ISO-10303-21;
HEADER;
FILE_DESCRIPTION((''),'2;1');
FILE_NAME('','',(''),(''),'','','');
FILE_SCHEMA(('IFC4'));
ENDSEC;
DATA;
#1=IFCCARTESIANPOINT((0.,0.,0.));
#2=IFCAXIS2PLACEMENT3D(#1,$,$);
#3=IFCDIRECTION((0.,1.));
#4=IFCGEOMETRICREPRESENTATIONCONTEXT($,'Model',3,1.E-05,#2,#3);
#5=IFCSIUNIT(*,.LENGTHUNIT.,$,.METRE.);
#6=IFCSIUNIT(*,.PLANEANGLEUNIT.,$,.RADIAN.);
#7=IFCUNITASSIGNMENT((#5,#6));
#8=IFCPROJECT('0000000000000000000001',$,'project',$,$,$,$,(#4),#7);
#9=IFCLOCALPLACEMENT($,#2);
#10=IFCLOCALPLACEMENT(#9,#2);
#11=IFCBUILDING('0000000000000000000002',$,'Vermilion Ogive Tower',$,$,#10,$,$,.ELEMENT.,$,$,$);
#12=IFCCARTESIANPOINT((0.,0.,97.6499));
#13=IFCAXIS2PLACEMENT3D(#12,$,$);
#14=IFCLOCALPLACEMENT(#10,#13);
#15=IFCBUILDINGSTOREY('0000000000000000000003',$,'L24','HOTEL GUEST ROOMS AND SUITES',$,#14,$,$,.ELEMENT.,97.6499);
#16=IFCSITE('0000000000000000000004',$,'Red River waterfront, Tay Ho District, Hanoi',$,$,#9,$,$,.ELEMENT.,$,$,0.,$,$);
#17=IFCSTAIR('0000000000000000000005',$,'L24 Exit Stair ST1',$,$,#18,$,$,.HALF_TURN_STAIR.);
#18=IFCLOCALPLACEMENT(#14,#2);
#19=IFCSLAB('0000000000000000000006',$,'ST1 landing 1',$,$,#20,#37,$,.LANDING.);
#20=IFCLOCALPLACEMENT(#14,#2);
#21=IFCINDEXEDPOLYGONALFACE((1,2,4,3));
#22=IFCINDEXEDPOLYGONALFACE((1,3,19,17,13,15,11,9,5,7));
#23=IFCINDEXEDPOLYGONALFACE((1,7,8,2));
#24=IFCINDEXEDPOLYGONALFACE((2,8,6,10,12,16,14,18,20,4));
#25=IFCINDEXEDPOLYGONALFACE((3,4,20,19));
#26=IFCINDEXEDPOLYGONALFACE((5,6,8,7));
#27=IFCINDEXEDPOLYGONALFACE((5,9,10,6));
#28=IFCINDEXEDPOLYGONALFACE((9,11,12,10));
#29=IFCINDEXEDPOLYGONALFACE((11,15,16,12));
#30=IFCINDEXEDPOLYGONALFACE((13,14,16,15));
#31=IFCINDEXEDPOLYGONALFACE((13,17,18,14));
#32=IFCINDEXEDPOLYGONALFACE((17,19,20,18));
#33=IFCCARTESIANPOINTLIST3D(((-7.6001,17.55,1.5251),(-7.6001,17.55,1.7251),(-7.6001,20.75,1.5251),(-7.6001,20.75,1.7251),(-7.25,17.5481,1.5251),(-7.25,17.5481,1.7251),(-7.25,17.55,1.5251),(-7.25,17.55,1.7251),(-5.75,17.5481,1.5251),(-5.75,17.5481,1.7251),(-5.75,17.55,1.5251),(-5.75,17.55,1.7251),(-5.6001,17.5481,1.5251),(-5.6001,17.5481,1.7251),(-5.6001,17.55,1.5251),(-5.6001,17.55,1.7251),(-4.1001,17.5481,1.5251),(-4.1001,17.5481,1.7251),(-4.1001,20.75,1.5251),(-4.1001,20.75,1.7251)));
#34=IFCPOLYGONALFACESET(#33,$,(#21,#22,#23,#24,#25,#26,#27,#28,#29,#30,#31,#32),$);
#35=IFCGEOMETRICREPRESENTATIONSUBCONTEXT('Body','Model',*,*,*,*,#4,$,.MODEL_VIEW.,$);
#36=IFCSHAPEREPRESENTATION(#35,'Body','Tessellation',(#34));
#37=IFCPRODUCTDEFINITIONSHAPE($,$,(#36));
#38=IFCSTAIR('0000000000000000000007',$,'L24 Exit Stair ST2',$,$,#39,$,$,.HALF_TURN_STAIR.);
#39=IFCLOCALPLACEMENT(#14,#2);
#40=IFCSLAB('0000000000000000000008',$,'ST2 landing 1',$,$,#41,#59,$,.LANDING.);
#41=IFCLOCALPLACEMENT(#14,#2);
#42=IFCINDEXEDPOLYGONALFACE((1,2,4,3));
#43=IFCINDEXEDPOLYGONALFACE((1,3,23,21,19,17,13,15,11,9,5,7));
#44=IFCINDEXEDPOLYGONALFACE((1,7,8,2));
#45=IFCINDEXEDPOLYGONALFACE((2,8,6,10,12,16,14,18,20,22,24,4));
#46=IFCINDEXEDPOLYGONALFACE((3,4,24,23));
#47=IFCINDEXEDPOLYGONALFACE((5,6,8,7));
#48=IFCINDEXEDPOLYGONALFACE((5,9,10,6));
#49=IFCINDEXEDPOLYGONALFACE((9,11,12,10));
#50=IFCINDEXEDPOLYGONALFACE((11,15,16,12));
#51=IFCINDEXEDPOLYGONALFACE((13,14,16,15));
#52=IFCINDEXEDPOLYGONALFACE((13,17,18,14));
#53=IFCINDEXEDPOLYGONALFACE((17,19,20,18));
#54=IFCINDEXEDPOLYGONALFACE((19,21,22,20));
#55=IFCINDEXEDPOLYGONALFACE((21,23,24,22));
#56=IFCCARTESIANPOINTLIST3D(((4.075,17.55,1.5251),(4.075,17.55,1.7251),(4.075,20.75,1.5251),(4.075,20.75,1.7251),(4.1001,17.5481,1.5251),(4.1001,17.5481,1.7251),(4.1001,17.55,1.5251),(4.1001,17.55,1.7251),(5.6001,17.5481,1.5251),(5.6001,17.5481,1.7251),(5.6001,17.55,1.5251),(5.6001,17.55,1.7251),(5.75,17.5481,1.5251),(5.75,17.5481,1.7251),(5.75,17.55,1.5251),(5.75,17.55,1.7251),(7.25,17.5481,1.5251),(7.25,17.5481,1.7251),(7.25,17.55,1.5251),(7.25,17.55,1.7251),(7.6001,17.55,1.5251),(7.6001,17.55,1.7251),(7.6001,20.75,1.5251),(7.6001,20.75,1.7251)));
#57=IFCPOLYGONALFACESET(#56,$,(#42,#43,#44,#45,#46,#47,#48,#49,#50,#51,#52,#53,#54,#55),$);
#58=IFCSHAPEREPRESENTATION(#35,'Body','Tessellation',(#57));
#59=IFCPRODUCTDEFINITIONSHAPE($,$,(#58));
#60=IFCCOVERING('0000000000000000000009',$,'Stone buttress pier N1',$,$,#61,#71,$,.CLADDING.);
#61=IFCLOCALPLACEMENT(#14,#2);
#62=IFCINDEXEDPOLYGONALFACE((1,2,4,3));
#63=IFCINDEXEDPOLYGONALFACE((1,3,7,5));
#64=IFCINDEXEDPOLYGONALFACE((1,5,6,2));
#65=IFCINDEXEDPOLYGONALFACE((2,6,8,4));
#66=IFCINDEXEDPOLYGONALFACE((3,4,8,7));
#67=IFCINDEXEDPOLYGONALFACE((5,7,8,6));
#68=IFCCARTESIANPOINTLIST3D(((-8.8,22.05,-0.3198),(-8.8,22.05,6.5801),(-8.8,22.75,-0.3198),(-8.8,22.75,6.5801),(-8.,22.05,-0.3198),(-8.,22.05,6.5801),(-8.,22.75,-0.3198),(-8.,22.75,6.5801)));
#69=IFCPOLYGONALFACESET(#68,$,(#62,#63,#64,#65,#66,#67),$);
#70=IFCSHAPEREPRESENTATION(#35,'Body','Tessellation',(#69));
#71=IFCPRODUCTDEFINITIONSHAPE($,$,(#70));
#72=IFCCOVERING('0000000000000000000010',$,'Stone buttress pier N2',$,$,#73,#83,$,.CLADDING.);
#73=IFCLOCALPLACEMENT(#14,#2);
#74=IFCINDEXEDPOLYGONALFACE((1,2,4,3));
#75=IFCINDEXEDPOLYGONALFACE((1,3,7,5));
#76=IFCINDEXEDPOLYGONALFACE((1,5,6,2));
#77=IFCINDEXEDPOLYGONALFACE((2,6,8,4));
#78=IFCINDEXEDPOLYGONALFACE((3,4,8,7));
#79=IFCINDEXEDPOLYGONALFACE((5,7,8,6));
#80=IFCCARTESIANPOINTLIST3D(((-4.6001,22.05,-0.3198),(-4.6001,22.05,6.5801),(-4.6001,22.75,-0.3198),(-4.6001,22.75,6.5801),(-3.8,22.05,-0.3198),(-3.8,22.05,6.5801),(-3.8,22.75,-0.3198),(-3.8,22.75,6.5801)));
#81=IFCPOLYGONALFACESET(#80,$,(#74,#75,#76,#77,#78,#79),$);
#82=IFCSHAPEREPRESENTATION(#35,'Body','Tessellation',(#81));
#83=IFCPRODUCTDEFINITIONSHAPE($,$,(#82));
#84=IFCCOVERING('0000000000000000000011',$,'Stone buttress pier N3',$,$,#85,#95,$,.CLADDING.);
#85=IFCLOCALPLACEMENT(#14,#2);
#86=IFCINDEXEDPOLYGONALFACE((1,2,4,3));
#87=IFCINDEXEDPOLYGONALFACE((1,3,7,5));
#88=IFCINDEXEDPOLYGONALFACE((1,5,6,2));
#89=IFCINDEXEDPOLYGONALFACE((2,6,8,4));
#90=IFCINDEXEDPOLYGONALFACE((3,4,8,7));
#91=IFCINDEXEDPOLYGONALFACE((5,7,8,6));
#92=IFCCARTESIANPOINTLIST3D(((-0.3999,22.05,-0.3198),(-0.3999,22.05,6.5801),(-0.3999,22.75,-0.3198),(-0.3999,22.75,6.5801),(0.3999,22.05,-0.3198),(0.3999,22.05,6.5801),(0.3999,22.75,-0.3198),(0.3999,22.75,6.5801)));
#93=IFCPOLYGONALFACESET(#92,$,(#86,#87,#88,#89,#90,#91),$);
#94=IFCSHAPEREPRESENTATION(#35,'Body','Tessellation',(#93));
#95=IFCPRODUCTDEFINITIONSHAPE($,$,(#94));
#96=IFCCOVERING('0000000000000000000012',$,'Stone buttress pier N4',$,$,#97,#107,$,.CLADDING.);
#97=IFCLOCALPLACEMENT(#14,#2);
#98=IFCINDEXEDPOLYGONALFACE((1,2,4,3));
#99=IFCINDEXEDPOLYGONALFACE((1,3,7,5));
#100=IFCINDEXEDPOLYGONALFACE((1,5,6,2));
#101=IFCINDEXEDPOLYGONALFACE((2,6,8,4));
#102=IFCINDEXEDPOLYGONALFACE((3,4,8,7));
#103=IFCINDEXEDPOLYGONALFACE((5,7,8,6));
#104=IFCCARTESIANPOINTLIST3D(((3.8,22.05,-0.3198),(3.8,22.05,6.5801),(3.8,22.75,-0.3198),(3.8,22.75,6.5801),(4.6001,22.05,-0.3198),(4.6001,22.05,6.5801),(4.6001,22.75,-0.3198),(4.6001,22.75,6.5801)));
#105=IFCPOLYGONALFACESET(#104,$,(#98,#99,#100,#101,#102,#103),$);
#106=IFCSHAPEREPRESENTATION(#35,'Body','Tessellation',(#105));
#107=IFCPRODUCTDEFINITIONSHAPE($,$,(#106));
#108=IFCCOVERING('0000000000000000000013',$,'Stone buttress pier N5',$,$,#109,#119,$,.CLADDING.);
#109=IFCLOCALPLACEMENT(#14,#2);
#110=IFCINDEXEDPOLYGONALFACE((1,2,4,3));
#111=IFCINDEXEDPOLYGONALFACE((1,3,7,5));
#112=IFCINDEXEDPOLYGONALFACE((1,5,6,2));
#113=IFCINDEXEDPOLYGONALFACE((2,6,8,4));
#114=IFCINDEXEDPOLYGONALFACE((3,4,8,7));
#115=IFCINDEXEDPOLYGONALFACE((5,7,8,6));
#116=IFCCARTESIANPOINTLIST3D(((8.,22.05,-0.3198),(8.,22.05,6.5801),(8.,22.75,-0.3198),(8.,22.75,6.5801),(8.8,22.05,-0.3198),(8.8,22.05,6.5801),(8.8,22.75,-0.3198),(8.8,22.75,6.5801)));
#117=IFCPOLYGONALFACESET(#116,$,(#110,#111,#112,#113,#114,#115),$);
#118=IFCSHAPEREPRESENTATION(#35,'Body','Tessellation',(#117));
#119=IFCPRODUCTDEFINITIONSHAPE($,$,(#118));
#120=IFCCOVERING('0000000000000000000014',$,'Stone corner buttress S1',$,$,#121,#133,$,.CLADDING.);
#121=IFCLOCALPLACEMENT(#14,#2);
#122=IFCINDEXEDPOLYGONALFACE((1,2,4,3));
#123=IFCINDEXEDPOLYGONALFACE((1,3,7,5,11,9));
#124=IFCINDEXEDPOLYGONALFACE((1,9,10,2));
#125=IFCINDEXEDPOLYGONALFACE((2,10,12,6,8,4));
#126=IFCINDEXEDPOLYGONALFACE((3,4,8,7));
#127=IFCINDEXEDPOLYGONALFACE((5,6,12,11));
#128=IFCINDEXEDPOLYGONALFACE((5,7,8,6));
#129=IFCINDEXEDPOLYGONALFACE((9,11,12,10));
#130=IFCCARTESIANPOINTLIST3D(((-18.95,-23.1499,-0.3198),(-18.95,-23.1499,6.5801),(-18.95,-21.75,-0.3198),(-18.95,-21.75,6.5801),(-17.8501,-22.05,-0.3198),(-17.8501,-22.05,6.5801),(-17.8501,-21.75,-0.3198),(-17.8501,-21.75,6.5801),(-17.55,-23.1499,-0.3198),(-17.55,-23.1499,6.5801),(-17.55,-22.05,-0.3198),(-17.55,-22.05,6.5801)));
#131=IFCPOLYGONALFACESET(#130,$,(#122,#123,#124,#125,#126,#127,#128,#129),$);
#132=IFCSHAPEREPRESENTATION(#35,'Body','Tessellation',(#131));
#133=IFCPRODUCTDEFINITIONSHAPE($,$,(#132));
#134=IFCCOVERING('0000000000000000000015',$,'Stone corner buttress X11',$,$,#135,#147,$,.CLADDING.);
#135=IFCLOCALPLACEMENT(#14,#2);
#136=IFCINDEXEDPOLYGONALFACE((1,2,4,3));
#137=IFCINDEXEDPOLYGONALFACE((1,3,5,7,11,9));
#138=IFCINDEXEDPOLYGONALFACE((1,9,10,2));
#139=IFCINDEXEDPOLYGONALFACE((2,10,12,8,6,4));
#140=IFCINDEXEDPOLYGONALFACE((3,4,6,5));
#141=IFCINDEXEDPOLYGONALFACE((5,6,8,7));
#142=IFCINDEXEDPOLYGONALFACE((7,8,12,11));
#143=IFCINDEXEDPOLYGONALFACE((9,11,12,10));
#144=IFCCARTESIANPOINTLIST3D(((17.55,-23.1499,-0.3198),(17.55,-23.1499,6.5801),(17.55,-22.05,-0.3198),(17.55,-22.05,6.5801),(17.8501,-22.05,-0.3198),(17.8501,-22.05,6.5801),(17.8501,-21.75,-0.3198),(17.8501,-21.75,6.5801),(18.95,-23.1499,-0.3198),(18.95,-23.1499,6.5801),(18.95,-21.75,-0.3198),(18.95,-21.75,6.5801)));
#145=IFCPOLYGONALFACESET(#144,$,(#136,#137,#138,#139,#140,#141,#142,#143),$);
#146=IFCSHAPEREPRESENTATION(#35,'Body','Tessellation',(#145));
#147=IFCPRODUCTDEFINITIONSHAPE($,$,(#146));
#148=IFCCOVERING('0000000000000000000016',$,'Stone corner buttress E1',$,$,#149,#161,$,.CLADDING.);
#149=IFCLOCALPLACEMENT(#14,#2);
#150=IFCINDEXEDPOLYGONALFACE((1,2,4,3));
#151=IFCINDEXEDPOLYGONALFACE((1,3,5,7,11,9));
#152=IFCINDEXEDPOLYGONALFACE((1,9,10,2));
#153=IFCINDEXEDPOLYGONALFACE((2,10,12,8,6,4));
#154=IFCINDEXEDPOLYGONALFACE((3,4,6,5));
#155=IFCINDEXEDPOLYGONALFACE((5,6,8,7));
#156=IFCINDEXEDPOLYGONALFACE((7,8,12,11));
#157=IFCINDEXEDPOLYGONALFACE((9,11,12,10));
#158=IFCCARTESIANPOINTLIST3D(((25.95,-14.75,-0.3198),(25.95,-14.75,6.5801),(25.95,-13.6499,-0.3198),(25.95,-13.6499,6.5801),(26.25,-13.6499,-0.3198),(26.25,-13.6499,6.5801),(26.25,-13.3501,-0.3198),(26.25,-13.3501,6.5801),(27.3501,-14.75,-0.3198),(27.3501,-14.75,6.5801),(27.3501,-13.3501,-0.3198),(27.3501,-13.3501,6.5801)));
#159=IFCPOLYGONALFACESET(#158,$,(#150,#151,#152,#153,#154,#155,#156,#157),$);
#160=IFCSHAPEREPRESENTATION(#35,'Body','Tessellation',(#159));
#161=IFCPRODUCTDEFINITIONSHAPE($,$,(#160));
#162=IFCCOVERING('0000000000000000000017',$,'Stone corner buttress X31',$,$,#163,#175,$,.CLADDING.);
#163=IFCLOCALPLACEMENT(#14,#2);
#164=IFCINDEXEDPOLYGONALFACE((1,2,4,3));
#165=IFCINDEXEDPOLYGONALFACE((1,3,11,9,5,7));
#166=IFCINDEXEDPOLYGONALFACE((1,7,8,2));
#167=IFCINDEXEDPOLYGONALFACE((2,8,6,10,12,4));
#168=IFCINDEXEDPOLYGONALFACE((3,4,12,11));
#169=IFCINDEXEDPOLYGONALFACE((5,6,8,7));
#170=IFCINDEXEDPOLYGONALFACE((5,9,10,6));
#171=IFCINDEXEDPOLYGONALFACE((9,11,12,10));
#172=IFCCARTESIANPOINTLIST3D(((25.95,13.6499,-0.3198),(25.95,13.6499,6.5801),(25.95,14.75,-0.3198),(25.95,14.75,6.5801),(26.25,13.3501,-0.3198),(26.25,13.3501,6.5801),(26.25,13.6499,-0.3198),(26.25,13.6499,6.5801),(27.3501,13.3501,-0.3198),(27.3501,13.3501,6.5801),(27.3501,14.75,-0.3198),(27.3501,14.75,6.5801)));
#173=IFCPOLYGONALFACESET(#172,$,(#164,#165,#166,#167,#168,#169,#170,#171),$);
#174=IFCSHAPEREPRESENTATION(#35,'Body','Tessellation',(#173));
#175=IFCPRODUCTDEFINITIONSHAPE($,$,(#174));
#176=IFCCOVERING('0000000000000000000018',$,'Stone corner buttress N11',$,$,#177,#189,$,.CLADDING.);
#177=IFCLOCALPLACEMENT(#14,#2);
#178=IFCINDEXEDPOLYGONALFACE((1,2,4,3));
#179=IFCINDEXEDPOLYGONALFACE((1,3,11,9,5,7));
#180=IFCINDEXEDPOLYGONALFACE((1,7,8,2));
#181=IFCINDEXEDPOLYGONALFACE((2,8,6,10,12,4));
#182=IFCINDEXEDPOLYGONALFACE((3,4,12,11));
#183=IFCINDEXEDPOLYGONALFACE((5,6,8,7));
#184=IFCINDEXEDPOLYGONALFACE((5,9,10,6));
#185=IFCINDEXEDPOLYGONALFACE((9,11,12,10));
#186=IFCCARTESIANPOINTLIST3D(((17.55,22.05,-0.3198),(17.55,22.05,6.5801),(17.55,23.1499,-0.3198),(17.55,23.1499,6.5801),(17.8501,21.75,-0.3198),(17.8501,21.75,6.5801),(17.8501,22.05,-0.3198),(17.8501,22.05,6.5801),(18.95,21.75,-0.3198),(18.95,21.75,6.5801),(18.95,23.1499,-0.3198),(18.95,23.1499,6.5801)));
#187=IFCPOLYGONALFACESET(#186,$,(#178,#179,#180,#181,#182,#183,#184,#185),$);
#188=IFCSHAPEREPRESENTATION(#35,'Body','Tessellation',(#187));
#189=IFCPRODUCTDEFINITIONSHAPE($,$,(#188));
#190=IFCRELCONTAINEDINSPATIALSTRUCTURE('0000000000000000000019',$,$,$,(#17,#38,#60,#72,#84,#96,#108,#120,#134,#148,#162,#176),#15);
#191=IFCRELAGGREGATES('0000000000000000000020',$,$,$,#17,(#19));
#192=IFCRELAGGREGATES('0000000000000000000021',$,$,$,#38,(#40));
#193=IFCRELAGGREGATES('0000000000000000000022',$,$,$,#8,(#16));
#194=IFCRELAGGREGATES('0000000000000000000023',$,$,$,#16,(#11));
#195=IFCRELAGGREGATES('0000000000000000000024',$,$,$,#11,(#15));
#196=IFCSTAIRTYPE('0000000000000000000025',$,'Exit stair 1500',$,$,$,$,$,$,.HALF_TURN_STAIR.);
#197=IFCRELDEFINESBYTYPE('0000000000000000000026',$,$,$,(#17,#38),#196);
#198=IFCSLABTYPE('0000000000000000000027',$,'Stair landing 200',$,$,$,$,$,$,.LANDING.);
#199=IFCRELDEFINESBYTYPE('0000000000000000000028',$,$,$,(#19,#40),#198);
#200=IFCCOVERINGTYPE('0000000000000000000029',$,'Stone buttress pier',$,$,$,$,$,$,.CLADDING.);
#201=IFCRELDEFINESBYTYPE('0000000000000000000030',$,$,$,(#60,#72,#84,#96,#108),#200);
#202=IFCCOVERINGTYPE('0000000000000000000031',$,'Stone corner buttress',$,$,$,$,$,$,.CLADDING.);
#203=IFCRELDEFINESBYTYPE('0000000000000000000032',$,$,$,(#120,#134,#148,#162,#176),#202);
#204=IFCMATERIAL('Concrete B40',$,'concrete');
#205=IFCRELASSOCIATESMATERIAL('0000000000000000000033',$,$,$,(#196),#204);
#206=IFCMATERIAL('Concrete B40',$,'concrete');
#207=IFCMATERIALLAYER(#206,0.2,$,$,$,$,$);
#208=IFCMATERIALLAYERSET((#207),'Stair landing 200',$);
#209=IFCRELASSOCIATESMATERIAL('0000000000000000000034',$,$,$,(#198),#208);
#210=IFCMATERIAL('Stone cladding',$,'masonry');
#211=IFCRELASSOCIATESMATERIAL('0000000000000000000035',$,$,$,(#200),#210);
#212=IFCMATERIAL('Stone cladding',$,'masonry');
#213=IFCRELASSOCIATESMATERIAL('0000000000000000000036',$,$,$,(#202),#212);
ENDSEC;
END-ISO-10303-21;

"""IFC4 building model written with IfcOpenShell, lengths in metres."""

from ifc_helpers import new_model, si_unit, direction, frame, origin, place, context, subcontext, project, spatial, polyline, outline, extrude, material, layer, layer_set, type_object, element, aggregate, save


model = new_model("IFC4")

# Units and contexts
model_context = context("Model", 3, precision=1e-05, world=origin(), true_north=direction((0.0, 1.0)))
body_context = subcontext(model_context, "Body", "Model", "MODEL_VIEW")
ifc_project = project(units=[si_unit("LENGTHUNIT", "METRE"), si_unit("PLANEANGLEUNIT", "RADIAN")], contexts=[model_context])

# Site, building, storey
site_placement = place(None, origin())
site = spatial("IfcSite", under=ifc_project, at=site_placement, Name="Red River waterfront, Tay Ho District, Hanoi", CompositionType="ELEMENT", RefElevation=0.0)
building_placement = place(site_placement, origin())
building = spatial("IfcBuilding", under=site, at=building_placement, Name="Vermilion Ogive Tower", CompositionType="ELEMENT")
storey_placement = place(building_placement, frame((0.0, 0.0, 97.6499)))
storey = spatial("IfcBuildingStorey", under=building, at=storey_placement, Name="L24", Description="HOTEL GUEST ROOMS AND SUITES", CompositionType="ELEMENT", Elevation=97.6499)

# Stairs, slabs
ifc_material_1 = material(Name="Concrete B40", Category="concrete")
stair_type = type_object("IfcStairType", Name="Exit stair 1500", PredefinedType="HALF_TURN_STAIR", material=ifc_material_1)
stair_1_placement = place(storey_placement, origin())
stair_1 = element("IfcStair", 1, at=stair_1_placement, inside=storey, type_object=stair_type, Name="L24 Exit Stair ST1", PredefinedType="HALF_TURN_STAIR")
ifc_material_2 = material(Name="Concrete B40", Category="concrete")
ifc_layer = layer(ifc_material_2, 0.2)
ifc_layer_set = layer_set([ifc_layer], Name="Stair landing 200")
slab_type = type_object("IfcSlabType", Name="Stair landing 200", PredefinedType="LANDING", material=ifc_layer_set)
slab_1_placement = place(storey_placement, frame((0.0, 0.0, 1.5251)))
slab_1 = element("IfcSlab", 2, at=slab_1_placement, type_object=slab_type, Name="ST1 landing 1", PredefinedType="LANDING", context=body_context, shape_type="SweptSolid", body=[
    extrude(outline(polyline([(-7.6001, 17.55), (-7.25, 17.55), (-7.25, 17.5481), (-5.75, 17.5481), (-5.75, 17.55), (-5.6001, 17.55), (-5.6001, 17.5481), (-4.1001, 17.5481), (-4.1001, 20.75), (-7.6001, 20.75), (-7.6001, 17.55)])), origin(), (0.0, 0.0, 1.0), 0.2),
])
aggregate(stair_1, [slab_1])
stair_2_placement = place(storey_placement, origin())
stair_2 = element("IfcStair", 3, at=stair_2_placement, inside=storey, type_object=stair_type, Name="L24 Exit Stair ST2", PredefinedType="HALF_TURN_STAIR")
slab_2_placement = place(storey_placement, frame((0.0, 0.0, 1.5251)))
slab_2 = element("IfcSlab", 4, at=slab_2_placement, type_object=slab_type, Name="ST2 landing 1", PredefinedType="LANDING", context=body_context, shape_type="SweptSolid", body=[
    extrude(outline(polyline([(5.6001, 17.55), (5.75, 17.55), (5.75, 17.5481), (7.25, 17.5481), (7.25, 17.55), (7.6001, 17.55), (7.6001, 20.75), (4.075, 20.75), (4.075, 17.55), (4.1001, 17.55), (4.1001, 17.5481), (5.6001, 17.5481), (5.6001, 17.55)])), origin(), (0.0, 0.0, 1.0), 0.2),
])
aggregate(stair_2, [slab_2])

# Coverings
ifc_material_3 = material(Name="Stone cladding", Category="masonry")
covering_type_1 = type_object("IfcCoveringType", Name="Stone buttress pier", PredefinedType="CLADDING", material=ifc_material_3)
covering_1_placement = place(storey_placement, frame((0.0, 0.0, -0.3198)))
element("IfcCovering", 5, at=covering_1_placement, inside=storey, type_object=covering_type_1, Name="Stone buttress pier N1", PredefinedType="CLADDING", context=body_context, shape_type="SweptSolid", body=[
    extrude(outline(polyline([(-8.0, 22.75), (-8.0, 22.05), (-8.8, 22.05), (-8.8, 22.75), (-8.0, 22.75)])), origin(), (0.0, 0.0, 1.0), 6.8999),
])
covering_2_placement = place(storey_placement, frame((0.0, 0.0, -0.3198)))
element("IfcCovering", 6, at=covering_2_placement, inside=storey, type_object=covering_type_1, Name="Stone buttress pier N2", PredefinedType="CLADDING", context=body_context, shape_type="SweptSolid", body=[
    extrude(outline(polyline([(-3.8, 22.75), (-3.8, 22.05), (-4.6001, 22.05), (-4.6001, 22.75), (-3.8, 22.75)])), origin(), (0.0, 0.0, 1.0), 6.8999),
])
covering_3_placement = place(storey_placement, frame((0.0, 0.0, -0.3198)))
element("IfcCovering", 7, at=covering_3_placement, inside=storey, type_object=covering_type_1, Name="Stone buttress pier N3", PredefinedType="CLADDING", context=body_context, shape_type="SweptSolid", body=[
    extrude(outline(polyline([(0.3999, 22.75), (0.3999, 22.05), (-0.3999, 22.05), (-0.3999, 22.75), (0.3999, 22.75)])), origin(), (0.0, 0.0, 1.0), 6.8999),
])
covering_4_placement = place(storey_placement, frame((0.0, 0.0, -0.3198)))
element("IfcCovering", 8, at=covering_4_placement, inside=storey, type_object=covering_type_1, Name="Stone buttress pier N4", PredefinedType="CLADDING", context=body_context, shape_type="SweptSolid", body=[
    extrude(outline(polyline([(4.6001, 22.75), (4.6001, 22.05), (3.8, 22.05), (3.8, 22.75), (4.6001, 22.75)])), origin(), (0.0, 0.0, 1.0), 6.8999),
])
covering_5_placement = place(storey_placement, frame((0.0, 0.0, -0.3198)))
element("IfcCovering", 9, at=covering_5_placement, inside=storey, type_object=covering_type_1, Name="Stone buttress pier N5", PredefinedType="CLADDING", context=body_context, shape_type="SweptSolid", body=[
    extrude(outline(polyline([(8.8, 22.75), (8.8, 22.05), (8.0, 22.05), (8.0, 22.75), (8.8, 22.75)])), origin(), (0.0, 0.0, 1.0), 6.8999),
])
ifc_material_4 = material(Name="Stone cladding", Category="masonry")
covering_type_2 = type_object("IfcCoveringType", Name="Stone corner buttress", PredefinedType="CLADDING", material=ifc_material_4)
covering_6_placement = place(storey_placement, frame((0.0, 0.0, -0.3198)))
element("IfcCovering", 10, at=covering_6_placement, inside=storey, type_object=covering_type_2, Name="Stone corner buttress S1", PredefinedType="CLADDING", context=body_context, shape_type="SweptSolid", body=[
    extrude(outline(polyline([(-17.8501, -22.05), (-17.55, -22.05), (-17.55, -23.1499), (-18.95, -23.1499), (-18.95, -21.75), (-17.8501, -21.75), (-17.8501, -22.05)])), origin(), (0.0, 0.0, 1.0), 6.8999),
])
covering_7_placement = place(storey_placement, frame((0.0, 0.0, -0.3198)))
element("IfcCovering", 11, at=covering_7_placement, inside=storey, type_object=covering_type_2, Name="Stone corner buttress X11", PredefinedType="CLADDING", context=body_context, shape_type="SweptSolid", body=[
    extrude(outline(polyline([(17.55, -22.05), (17.8501, -22.05), (17.8501, -21.75), (18.95, -21.75), (18.95, -23.1499), (17.55, -23.1499), (17.55, -22.05)])), origin(), (0.0, 0.0, 1.0), 6.8999),
])
covering_8_placement = place(storey_placement, frame((0.0, 0.0, -0.3198)))
element("IfcCovering", 12, at=covering_8_placement, inside=storey, type_object=covering_type_2, Name="Stone corner buttress E1", PredefinedType="CLADDING", context=body_context, shape_type="SweptSolid", body=[
    extrude(outline(polyline([(25.95, -13.6499), (26.25, -13.6499), (26.25, -13.3501), (27.3501, -13.3501), (27.3501, -14.75), (25.95, -14.75), (25.95, -13.6499)])), origin(), (0.0, 0.0, 1.0), 6.8999),
])
covering_9_placement = place(storey_placement, frame((0.0, 0.0, -0.3198)))
element("IfcCovering", 13, at=covering_9_placement, inside=storey, type_object=covering_type_2, Name="Stone corner buttress X31", PredefinedType="CLADDING", context=body_context, shape_type="SweptSolid", body=[
    extrude(outline(polyline([(27.3501, 13.3501), (26.25, 13.3501), (26.25, 13.6499), (25.95, 13.6499), (25.95, 14.75), (27.3501, 14.75), (27.3501, 13.3501)])), origin(), (0.0, 0.0, 1.0), 6.8999),
])
covering_10_placement = place(storey_placement, frame((0.0, 0.0, -0.3198)))
element("IfcCovering", 14, at=covering_10_placement, inside=storey, type_object=covering_type_2, Name="Stone corner buttress N11", PredefinedType="CLADDING", context=body_context, shape_type="SweptSolid", body=[
    extrude(outline(polyline([(17.8501, 22.05), (17.55, 22.05), (17.55, 23.1499), (18.95, 23.1499), (18.95, 21.75), (17.8501, 21.75), (17.8501, 22.05)])), origin(), (0.0, 0.0, 1.0), 6.8999),
])

save(model, "model.ifc")
